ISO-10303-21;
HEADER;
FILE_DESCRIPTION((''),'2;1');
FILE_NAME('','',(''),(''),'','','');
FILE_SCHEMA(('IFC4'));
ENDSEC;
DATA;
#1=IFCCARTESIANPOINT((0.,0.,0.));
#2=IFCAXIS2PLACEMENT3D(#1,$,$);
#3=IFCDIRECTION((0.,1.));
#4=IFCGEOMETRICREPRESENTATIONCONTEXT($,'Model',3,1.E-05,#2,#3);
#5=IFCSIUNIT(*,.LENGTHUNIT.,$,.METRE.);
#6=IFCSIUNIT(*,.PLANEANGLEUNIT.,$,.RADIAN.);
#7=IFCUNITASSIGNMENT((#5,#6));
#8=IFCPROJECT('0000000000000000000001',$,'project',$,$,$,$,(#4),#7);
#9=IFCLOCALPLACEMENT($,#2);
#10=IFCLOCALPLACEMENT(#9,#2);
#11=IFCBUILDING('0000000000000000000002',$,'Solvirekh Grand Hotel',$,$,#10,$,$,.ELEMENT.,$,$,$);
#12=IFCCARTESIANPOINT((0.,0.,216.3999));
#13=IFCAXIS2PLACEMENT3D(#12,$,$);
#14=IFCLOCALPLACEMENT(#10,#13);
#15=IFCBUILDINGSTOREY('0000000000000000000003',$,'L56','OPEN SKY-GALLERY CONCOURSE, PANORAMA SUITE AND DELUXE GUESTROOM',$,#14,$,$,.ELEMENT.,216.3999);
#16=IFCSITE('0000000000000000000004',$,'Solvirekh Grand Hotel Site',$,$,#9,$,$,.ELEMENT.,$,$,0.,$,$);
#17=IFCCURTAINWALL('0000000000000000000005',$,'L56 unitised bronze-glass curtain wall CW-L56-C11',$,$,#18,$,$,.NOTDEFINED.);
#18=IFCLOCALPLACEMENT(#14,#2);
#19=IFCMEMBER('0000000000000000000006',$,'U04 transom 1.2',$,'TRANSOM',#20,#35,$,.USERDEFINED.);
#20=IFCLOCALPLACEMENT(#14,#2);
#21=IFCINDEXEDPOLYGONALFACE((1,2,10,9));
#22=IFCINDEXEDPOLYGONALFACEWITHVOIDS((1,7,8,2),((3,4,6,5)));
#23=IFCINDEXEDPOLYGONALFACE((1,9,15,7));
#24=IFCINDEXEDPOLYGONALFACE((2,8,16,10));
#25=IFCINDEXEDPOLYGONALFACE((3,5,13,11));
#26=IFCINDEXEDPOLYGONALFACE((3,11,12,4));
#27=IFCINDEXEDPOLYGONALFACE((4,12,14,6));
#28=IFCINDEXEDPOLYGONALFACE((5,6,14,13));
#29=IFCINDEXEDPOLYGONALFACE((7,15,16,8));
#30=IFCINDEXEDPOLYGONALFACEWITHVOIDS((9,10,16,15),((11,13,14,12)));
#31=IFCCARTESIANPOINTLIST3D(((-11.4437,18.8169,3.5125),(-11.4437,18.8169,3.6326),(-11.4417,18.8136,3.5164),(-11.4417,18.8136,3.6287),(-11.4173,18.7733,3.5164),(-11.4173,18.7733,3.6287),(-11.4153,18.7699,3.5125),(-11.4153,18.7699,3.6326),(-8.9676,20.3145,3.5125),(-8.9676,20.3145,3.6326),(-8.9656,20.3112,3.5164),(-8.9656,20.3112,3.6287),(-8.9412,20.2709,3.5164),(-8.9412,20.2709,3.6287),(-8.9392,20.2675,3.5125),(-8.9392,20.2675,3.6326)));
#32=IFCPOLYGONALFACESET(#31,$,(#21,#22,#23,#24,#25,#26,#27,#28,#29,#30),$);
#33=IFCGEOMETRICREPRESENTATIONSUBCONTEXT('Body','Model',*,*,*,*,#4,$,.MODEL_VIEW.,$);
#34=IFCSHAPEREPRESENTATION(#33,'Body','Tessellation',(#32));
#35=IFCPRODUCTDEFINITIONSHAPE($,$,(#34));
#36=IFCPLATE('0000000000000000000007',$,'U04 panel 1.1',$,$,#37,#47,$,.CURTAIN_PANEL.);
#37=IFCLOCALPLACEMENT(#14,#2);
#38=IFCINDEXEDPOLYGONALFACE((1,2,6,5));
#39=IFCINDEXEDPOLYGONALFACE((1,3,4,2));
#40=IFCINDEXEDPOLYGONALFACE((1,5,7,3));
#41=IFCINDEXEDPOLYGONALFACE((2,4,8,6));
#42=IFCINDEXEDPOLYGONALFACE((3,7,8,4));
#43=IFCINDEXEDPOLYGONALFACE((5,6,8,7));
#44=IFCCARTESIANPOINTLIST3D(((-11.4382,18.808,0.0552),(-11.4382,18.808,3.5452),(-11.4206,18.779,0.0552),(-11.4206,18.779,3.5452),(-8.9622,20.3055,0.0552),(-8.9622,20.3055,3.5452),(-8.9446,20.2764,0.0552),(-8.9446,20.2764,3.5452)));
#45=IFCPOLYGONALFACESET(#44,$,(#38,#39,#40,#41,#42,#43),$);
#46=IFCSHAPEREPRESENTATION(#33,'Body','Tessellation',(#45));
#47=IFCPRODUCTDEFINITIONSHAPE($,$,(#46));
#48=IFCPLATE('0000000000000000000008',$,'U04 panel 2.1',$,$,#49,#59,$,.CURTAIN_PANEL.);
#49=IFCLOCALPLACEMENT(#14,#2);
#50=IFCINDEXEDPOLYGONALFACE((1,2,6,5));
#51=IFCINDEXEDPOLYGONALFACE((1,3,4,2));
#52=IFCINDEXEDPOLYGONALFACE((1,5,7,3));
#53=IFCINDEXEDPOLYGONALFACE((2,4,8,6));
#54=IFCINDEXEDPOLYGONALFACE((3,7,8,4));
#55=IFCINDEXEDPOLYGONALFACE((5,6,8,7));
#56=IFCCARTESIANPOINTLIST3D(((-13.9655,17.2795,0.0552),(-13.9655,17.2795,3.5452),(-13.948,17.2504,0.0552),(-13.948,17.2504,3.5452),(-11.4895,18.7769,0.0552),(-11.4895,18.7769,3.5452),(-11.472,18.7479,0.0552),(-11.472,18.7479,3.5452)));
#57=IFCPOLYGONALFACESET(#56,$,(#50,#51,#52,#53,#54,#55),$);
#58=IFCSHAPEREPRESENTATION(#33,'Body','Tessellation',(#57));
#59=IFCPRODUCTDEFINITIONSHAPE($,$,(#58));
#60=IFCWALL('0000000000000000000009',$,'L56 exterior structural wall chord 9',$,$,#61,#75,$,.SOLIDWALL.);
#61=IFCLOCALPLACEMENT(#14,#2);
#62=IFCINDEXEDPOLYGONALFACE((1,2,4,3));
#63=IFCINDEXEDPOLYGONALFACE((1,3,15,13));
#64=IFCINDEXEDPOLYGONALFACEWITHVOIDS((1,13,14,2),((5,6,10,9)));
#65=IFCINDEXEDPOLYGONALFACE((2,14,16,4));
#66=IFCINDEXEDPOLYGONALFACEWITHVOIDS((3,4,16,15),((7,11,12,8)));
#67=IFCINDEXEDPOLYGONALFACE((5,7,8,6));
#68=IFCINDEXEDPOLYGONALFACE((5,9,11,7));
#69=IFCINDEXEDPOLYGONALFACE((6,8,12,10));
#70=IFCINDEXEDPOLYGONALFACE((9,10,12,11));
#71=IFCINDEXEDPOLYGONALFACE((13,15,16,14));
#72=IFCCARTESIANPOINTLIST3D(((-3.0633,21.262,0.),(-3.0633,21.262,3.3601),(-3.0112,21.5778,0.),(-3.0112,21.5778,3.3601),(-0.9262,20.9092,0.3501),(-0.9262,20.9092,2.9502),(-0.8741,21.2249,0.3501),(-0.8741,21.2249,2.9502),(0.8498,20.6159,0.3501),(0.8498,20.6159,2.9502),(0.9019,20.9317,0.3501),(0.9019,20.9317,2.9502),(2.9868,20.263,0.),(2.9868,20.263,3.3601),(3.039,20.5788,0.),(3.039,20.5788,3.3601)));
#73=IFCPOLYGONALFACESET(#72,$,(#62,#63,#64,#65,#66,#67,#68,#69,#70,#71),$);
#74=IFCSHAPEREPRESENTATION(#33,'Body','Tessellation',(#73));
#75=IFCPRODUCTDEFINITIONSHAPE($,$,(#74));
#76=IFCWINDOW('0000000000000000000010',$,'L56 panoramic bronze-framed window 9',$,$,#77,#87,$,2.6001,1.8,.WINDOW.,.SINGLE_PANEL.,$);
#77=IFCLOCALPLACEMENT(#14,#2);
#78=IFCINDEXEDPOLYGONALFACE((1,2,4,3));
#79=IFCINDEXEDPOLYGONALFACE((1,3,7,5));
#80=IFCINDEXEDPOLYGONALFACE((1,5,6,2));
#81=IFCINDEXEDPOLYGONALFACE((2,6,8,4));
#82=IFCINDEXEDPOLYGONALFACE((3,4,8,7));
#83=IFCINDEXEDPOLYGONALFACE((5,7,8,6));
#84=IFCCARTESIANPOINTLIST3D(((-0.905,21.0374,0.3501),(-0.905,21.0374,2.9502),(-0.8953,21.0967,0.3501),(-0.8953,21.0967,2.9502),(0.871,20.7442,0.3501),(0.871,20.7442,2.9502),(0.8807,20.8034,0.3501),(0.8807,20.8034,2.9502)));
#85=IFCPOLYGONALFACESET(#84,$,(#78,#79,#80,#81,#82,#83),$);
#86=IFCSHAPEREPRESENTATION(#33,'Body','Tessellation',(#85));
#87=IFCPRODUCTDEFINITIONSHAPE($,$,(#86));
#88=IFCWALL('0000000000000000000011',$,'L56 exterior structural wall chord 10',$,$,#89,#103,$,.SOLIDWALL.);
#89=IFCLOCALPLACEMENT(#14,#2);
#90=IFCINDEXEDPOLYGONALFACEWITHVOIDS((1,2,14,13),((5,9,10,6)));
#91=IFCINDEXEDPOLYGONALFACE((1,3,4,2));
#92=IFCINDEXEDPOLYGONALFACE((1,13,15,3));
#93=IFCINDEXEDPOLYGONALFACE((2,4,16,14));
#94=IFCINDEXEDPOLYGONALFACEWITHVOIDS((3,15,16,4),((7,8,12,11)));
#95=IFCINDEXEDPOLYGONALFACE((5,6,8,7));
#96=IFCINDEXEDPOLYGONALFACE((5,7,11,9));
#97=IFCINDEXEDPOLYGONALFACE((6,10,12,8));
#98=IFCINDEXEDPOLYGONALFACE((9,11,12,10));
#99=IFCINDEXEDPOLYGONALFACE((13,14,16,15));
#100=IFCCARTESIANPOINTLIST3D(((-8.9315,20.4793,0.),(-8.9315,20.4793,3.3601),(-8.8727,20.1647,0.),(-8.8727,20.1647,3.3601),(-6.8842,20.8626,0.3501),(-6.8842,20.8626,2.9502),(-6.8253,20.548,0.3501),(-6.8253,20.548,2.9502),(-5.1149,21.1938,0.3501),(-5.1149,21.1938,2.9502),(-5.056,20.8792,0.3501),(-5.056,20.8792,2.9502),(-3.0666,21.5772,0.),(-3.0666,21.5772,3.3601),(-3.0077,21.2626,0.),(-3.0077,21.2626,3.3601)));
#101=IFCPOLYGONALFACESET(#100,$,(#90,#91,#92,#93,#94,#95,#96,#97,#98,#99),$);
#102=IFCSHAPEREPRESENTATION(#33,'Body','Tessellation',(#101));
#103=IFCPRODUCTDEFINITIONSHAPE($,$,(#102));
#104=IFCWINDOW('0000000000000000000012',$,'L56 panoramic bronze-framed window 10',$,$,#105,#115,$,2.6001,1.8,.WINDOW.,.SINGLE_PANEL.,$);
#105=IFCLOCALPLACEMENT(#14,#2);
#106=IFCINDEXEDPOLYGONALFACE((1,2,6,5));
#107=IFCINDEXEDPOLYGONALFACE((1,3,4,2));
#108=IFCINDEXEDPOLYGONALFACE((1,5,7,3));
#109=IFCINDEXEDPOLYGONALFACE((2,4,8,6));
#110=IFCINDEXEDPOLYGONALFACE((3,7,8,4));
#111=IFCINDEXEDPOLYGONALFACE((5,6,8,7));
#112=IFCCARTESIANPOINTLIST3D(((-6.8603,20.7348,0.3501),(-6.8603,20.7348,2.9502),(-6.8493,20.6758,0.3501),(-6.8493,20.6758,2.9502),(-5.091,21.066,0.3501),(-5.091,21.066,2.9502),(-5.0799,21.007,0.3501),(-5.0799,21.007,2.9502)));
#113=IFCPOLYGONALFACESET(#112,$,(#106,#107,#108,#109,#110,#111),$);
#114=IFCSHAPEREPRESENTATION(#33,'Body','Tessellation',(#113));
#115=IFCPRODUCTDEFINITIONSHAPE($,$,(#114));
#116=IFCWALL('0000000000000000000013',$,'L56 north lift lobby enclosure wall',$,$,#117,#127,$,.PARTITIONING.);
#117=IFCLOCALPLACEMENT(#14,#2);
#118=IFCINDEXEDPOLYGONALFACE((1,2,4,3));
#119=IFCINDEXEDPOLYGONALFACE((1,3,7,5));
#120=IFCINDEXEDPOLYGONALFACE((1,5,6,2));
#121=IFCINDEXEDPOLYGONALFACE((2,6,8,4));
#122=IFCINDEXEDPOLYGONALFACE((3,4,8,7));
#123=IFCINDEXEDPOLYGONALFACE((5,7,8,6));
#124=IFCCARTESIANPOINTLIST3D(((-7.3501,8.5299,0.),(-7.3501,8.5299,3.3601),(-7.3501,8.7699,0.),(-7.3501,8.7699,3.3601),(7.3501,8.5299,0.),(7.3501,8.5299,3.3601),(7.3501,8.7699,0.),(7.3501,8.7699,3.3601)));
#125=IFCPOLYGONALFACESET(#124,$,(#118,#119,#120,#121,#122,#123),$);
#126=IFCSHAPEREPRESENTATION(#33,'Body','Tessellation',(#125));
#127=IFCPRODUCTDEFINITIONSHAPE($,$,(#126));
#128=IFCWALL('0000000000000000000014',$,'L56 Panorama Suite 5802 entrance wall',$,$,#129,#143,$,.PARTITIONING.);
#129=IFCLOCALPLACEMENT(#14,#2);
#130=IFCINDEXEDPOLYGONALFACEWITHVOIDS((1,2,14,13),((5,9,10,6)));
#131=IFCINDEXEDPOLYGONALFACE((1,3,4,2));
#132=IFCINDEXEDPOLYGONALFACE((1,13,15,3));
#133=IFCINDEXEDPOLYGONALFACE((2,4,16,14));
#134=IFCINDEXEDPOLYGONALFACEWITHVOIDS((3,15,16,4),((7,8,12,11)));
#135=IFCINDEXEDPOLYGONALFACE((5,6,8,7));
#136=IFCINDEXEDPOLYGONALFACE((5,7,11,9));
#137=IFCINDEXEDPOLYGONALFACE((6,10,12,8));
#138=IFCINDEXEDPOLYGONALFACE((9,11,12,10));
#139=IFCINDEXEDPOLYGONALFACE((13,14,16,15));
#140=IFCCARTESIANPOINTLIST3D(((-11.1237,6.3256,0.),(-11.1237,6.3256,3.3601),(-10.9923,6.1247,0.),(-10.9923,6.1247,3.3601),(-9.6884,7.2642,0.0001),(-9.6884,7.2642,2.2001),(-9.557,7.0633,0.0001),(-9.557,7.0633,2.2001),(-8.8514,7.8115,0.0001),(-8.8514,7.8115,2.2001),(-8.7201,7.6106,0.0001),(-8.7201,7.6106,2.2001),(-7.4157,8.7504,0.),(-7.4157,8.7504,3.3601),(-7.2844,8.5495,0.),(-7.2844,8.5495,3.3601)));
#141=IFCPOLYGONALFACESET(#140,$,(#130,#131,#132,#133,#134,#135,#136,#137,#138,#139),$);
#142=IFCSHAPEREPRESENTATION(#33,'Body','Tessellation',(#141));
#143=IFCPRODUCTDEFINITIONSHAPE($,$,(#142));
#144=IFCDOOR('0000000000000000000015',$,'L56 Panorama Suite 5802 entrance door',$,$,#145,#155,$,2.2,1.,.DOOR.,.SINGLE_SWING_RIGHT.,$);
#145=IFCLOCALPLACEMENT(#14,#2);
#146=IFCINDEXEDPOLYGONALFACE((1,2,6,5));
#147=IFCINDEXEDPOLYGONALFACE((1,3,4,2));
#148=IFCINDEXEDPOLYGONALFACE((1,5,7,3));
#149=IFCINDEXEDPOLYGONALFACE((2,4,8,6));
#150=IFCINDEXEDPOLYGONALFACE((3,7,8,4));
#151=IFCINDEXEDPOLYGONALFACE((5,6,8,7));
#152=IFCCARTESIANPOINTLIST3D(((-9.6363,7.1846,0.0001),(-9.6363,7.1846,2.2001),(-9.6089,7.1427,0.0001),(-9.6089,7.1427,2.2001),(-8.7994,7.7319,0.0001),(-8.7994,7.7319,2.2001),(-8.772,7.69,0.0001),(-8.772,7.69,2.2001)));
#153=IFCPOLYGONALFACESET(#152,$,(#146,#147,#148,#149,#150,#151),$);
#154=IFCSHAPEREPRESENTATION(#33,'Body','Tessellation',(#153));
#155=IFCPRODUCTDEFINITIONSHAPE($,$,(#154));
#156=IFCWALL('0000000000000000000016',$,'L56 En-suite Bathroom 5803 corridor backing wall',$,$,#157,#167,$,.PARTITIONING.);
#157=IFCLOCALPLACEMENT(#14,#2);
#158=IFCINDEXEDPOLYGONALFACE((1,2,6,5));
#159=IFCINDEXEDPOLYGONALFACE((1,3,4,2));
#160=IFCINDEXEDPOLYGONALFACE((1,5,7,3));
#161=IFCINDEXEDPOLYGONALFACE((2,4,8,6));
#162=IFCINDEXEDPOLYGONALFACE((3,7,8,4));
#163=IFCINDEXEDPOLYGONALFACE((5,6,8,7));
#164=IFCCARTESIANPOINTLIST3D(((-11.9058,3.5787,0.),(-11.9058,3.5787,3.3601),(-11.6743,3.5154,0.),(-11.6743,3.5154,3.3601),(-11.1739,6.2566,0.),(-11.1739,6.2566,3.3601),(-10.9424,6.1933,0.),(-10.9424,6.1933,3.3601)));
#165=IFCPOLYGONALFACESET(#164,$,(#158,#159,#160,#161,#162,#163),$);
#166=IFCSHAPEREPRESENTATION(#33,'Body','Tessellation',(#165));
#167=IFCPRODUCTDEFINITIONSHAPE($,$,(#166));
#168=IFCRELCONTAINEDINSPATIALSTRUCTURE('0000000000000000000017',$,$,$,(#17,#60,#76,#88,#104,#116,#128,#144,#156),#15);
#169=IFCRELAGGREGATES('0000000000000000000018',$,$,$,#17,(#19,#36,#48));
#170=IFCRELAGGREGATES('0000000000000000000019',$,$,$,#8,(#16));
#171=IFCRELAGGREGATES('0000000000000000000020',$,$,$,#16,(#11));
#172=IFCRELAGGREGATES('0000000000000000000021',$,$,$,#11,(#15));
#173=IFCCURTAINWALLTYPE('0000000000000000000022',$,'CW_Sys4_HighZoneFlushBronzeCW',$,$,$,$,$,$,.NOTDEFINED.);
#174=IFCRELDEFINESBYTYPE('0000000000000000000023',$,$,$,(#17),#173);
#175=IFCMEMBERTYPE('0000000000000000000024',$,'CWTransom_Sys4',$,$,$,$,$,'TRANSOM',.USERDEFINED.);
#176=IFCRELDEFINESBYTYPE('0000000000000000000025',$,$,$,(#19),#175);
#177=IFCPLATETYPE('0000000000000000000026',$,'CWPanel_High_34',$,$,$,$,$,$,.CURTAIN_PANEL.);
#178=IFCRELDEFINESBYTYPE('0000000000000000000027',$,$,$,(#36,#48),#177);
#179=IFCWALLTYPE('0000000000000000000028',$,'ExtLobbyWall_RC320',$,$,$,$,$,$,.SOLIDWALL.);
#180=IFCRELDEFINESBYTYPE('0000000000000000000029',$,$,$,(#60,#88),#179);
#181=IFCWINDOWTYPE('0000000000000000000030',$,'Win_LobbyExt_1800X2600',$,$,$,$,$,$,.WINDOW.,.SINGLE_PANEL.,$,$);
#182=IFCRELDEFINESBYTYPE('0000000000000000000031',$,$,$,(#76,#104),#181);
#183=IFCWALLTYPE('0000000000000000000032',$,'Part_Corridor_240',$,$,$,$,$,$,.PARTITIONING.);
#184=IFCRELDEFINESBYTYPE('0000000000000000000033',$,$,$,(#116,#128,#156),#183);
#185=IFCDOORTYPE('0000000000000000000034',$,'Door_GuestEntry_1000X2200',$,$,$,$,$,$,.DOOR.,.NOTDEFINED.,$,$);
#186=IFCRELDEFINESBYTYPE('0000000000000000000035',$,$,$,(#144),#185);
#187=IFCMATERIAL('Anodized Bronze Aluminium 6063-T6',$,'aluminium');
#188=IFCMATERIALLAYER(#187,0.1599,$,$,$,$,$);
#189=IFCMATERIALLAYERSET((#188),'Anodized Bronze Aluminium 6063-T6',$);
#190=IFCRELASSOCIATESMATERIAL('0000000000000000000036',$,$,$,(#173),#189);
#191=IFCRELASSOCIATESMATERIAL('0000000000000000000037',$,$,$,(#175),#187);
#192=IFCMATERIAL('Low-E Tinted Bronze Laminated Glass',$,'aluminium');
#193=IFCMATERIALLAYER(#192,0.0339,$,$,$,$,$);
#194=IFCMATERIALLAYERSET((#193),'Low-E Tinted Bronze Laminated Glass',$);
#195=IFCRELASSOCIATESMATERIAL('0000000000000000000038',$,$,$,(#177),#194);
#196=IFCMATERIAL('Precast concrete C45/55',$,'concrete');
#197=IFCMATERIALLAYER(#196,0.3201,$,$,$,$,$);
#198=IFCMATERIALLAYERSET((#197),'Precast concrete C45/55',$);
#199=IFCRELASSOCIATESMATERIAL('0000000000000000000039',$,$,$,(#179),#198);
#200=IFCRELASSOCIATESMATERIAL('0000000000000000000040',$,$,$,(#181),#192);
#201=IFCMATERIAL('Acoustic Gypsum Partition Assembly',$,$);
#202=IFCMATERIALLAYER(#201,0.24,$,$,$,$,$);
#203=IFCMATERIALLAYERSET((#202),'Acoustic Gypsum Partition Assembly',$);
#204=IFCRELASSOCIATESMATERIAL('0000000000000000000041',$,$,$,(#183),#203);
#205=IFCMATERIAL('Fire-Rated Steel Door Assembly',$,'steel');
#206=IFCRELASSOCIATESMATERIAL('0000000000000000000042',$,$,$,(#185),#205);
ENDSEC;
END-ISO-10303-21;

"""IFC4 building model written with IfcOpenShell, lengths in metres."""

from ifc_helpers import new_model, si_unit, direction, frame, frame_2d, origin, origin_2d, place, context, subcontext, project, spatial, rectangle, hollow_rectangle, extrude, source, transform, mapped, material, layer, layer_set, material_profile, profile_set, type_object, element, fill, aggregate, save


model = new_model("IFC4")

# Units and contexts
model_context = context("Model", 3, precision=1e-05, world=origin(), true_north=direction((0.0, 1.0)))
body_context = subcontext(model_context, "Body", "Model", "MODEL_VIEW")
ifc_project = project(units=[si_unit("LENGTHUNIT", "METRE"), si_unit("PLANEANGLEUNIT", "RADIAN")], contexts=[model_context])

# Site, building, storey
site_placement = place(None, origin())
site = spatial("IfcSite", under=ifc_project, at=site_placement, Name="Solvirekh Grand Hotel Site", CompositionType="ELEMENT", RefElevation=0.0)
building_placement = place(site_placement, origin())
building = spatial("IfcBuilding", under=site, at=building_placement, Name="Solvirekh Grand Hotel", CompositionType="ELEMENT")
storey_placement = place(building_placement, frame((0.0, 0.0, 216.3999)))
storey = spatial("IfcBuildingStorey", under=building, at=storey_placement, Name="L56", Description="OPEN SKY-GALLERY CONCOURSE, PANORAMA SUITE AND DELUXE GUESTROOM", CompositionType="ELEMENT", Elevation=216.3999)

# Curtain wall, member, plates
ifc_material_1 = material(Name="Anodized Bronze Aluminium 6063-T6", Category="aluminium")
ifc_layer_1 = layer(ifc_material_1, 0.1599)
ifc_layer_set_1 = layer_set([ifc_layer_1], Name="Anodized Bronze Aluminium 6063-T6")
curtain_wall_type = type_object("IfcCurtainWallType", Name="CW_Sys4_HighZoneFlushBronzeCW", PredefinedType="NOTDEFINED", material=ifc_layer_set_1)
curtain_wall_placement = place(storey_placement, origin())
curtain_wall = element("IfcCurtainWall", 1, at=curtain_wall_placement, inside=storey, type_object=curtain_wall_type, Name="L56 unitised bronze-glass curtain wall CW-L56-C11", PredefinedType="NOTDEFINED")
ifc_material_profile_1 = material_profile(ifc_material_1, hollow_rectangle(XDim=0.0549, YDim=0.1201, WallThickness=0.0039, at=origin_2d()), Name="ALU RHS 120X55X4")
ifc_profile_set_1 = profile_set([ifc_material_profile_1], Name="Anodized Bronze Aluminium 6063-T6")
member_type_1 = type_object("IfcMemberType", Name="CWTransom_Sys4", ElementType="TRANSOM", PredefinedType="USERDEFINED", material=ifc_profile_set_1)
shared_shape_1 = source(origin(), body_context, "Body", "SweptSolid", [
    extrude(hollow_rectangle(XDim=0.0549, YDim=0.1201, WallThickness=0.0039, at=origin_2d()), origin(), (0.0, 0.0, 1.0), 2.8938),
])
member_1_placement = place(storey_placement, frame((-8.9534, 20.291, 3.5725), z_axis=(-0.855671, -0.51752, 0.0), x_axis=(0.51752, -0.855671, 0.0)))
member_1 = element("IfcMember", 2, at=member_1_placement, type_object=member_type_1, Name="U04 transom 1.2", ObjectType="TRANSOM", PredefinedType="USERDEFINED", context=body_context, shape_type="MappedRepresentation", body=[
    mapped(shared_shape_1, transform((0.0, 0.0, 0.0), x_axis=(1.0, 0.0, 0.0), y_axis=(0.0, 1.0, 0.0), z_axis=(0.0, 0.0, 1.0), scale=1.0)),
])
ifc_material_2 = material(Name="Low-E Tinted Bronze Laminated Glass", Category="aluminium")
ifc_layer_2 = layer(ifc_material_2, 0.0339)
ifc_layer_set_2 = layer_set([ifc_layer_2], Name="Low-E Tinted Bronze Laminated Glass")
plate_type = type_object("IfcPlateType", Name="CWPanel_High_34", PredefinedType="CURTAIN_PANEL", material=ifc_layer_set_2)
shared_shape_2 = source(origin(), body_context, "Body", "SweptSolid", [
    extrude(rectangle(XDim=2.8936, YDim=0.0339, at=origin_2d()), origin(), (0.0, 0.0, 1.0), 3.49),
])
plate_1_placement = place(storey_placement, frame((-10.1914, 19.5422, 0.0552), z_axis=(0.0, 0.0, 1.0), x_axis=(-0.855684, -0.517499, 0.0)))
plate_1 = element("IfcPlate", 3, at=plate_1_placement, type_object=plate_type, Name="U04 panel 1.1", PredefinedType="CURTAIN_PANEL", context=body_context, shape_type="MappedRepresentation", body=[
    mapped(shared_shape_2, transform((0.0, 0.0, 0.0), x_axis=(1.0, 0.0, 0.0), y_axis=(0.0, 1.0, 0.0), z_axis=(0.0, 0.0, 1.0), scale=1.0)),
])
plate_2_placement = place(storey_placement, frame((-12.7188, 18.0137, 0.0552), z_axis=(0.0, 0.0, 1.0), x_axis=(-0.855684, -0.517499, 0.0)))
plate_2 = element("IfcPlate", 4, at=plate_2_placement, type_object=plate_type, Name="U04 panel 2.1", PredefinedType="CURTAIN_PANEL", context=body_context, shape_type="MappedRepresentation", body=[
    mapped(shared_shape_2, transform((0.0, 0.0, 0.0), x_axis=(1.0, 0.0, 0.0), y_axis=(0.0, 1.0, 0.0), z_axis=(0.0, 0.0, 1.0), scale=1.0)),
])
aggregate(curtain_wall, [member_1, plate_1, plate_2])

# Walls, openings, windows
ifc_material_3 = material(Name="Precast concrete C45/55", Category="concrete")
ifc_layer_3 = layer(ifc_material_3, 0.3201)
ifc_layer_set_3 = layer_set([ifc_layer_3], Name="Precast concrete C45/55")
wall_type_1 = type_object("IfcWallType", Name="ExtLobbyWall_RC320", PredefinedType="SOLIDWALL", material=ifc_layer_set_3)
wall_1_placement = place(storey_placement, frame((-3.0371, 21.4199, 0.0), z_axis=(0.0, 0.0, 1.0), x_axis=(0.986639, -0.16292, 0.0)))
wall_1 = element("IfcWall", 5, at=wall_1_placement, inside=storey, type_object=wall_type_1, Name="L56 exterior structural wall chord 9", PredefinedType="SOLIDWALL", context=body_context, shape_type="SweptSolid", body=[
    extrude(rectangle(XDim=6.1321, YDim=0.3201, at=frame_2d((3.0659, 0.0))), origin(), (0.0, 0.0, 1.0), 3.3601),
])
opening_1_placement = place(wall_1_placement, frame((2.166, 0.0, 0.3501)))
opening_1 = element("IfcOpeningElement", 6, at=opening_1_placement, cuts=wall_1, PredefinedType="OPENING", context=body_context, shape_type="SweptSolid", body=[
    extrude(rectangle(XDim=1.8, YDim=2.6001, at=frame_2d((0.8999, 1.3))), frame((0.0, 0.1699, 0.0), z_axis=(0.0, -1.0, 0.0), x_axis=(1.0, 0.0, 0.0)), (0.0, 0.0, 1.0), 0.3401),
])
window_type = type_object("IfcWindowType", Name="Win_LobbyExt_1800X2600", PartitioningType="SINGLE_PANEL", PredefinedType="WINDOW", material=ifc_material_2)
window_1_placement = place(opening_1_placement, origin())
window_1 = element("IfcWindow", 7, at=window_1_placement, inside=storey, type_object=window_type, Name="L56 panoramic bronze-framed window 9", OverallHeight=2.6001, OverallWidth=1.8, PartitioningType="SINGLE_PANEL", PredefinedType="WINDOW", context=body_context, shape_type="SweptSolid", body=[
    extrude(rectangle(XDim=1.8, YDim=2.6001, at=frame_2d((0.8999, 1.3))), frame((0.0, 0.03, 0.0), z_axis=(0.0, -1.0, 0.0), x_axis=(1.0, 0.0, 0.0)), (0.0, 0.0, 1.0), 0.0601),
])
fill(opening_1, window_1)
wall_2_placement = place(storey_placement, frame((-8.9021, 20.322, 0.0), z_axis=(0.0, 0.0, 1.0), x_axis=(0.982926, 0.183999, 0.0)))
wall_2 = element("IfcWall", 8, at=wall_2_placement, inside=storey, type_object=wall_type_1, Name="L56 exterior structural wall chord 10", PredefinedType="SOLIDWALL", context=body_context, shape_type="SweptSolid", body=[
    extrude(rectangle(XDim=5.9668, YDim=0.3201, at=frame_2d((2.9834, 0.0))), origin(), (0.0, 0.0, 1.0), 3.3601),
])
opening_2_placement = place(wall_2_placement, frame((2.083, 0.0, 0.3501)))
opening_2 = element("IfcOpeningElement", 9, at=opening_2_placement, cuts=wall_2, PredefinedType="OPENING", context=body_context, shape_type="SweptSolid", body=[
    extrude(rectangle(XDim=1.8, YDim=2.6001, at=frame_2d((0.8999, 1.3))), frame((0.0, 0.1699, 0.0), z_axis=(0.0, -1.0, 0.0), x_axis=(1.0, 0.0, 0.0)), (0.0, 0.0, 1.0), 0.3401),
])
window_2_placement = place(opening_2_placement, origin())
window_2 = element("IfcWindow", 10, at=window_2_placement, inside=storey, type_object=window_type, Name="L56 panoramic bronze-framed window 10", OverallHeight=2.6001, OverallWidth=1.8, PartitioningType="SINGLE_PANEL", PredefinedType="WINDOW", context=body_context, shape_type="SweptSolid", body=[
    extrude(rectangle(XDim=1.8, YDim=2.6001, at=frame_2d((0.8999, 1.3))), frame((0.0, 0.03, 0.0), z_axis=(0.0, -1.0, 0.0), x_axis=(1.0, 0.0, 0.0)), (0.0, 0.0, 1.0), 0.0601),
])
fill(opening_2, window_2)

# Wall
ifc_material_4 = material(Name="Acoustic Gypsum Partition Assembly")
ifc_layer_4 = layer(ifc_material_4, 0.24)
ifc_layer_set_4 = layer_set([ifc_layer_4], Name="Acoustic Gypsum Partition Assembly")
wall_type_2 = type_object("IfcWallType", Name="Part_Corridor_240", PredefinedType="PARTITIONING", material=ifc_layer_set_4)
wall_3_placement = place(storey_placement, frame((-7.3501, 8.6499, 0.0), z_axis=(0.0, 0.0, 1.0), x_axis=(1.0, 0.0, 0.0)))
element("IfcWall", 11, at=wall_3_placement, inside=storey, type_object=wall_type_2, Name="L56 north lift lobby enclosure wall", PredefinedType="PARTITIONING", context=body_context, shape_type="SweptSolid", body=[
    extrude(rectangle(XDim=14.7002, YDim=0.24, at=frame_2d((7.3501, 0.0))), origin(), (0.0, 0.0, 1.0), 3.3601),
])

# Wall, opening, door
wall_4_placement = place(storey_placement, frame((-11.0581, 6.2251, 0.0), z_axis=(0.0, 0.0, 1.0), x_axis=(0.836935, 0.547303, 0.0)))
wall_4 = element("IfcWall", 12, at=wall_4_placement, inside=storey, type_object=wall_type_2, Name="L56 Panorama Suite 5802 entrance wall", PredefinedType="PARTITIONING", context=body_context, shape_type="SweptSolid", body=[
    extrude(rectangle(XDim=4.4304, YDim=0.24, at=frame_2d((2.2153, 0.0))), origin(), (0.0, 0.0, 1.0), 3.3601),
])
opening_3_placement = place(wall_4_placement, frame((1.7151, 0.0, 0.0)))
opening_3 = element("IfcOpeningElement", 13, at=opening_3_placement, cuts=wall_4, PredefinedType="OPENING", context=body_context, shape_type="SweptSolid", body=[
    extrude(rectangle(XDim=1.0, YDim=2.2, at=frame_2d((0.5, 1.1001))), frame((0.0, 0.1299, 0.0), z_axis=(0.0, -1.0, 0.0), x_axis=(1.0, 0.0, 0.0)), (0.0, 0.0, 1.0), 0.26),
])
ifc_material_5 = material(Name="Fire-Rated Steel Door Assembly", Category="steel")
door_type = type_object("IfcDoorType", Name="Door_GuestEntry_1000X2200", OperationType="NOTDEFINED", PredefinedType="DOOR", material=ifc_material_5)
door_placement = place(opening_3_placement, origin())
door = element("IfcDoor", 14, at=door_placement, inside=storey, type_object=door_type, Name="L56 Panorama Suite 5802 entrance door", OperationType="SINGLE_SWING_RIGHT", OverallHeight=2.2, OverallWidth=1.0, PredefinedType="DOOR", context=body_context, shape_type="SweptSolid", body=[
    extrude(rectangle(XDim=1.0, YDim=2.2, at=frame_2d((0.5, 1.1001))), frame((0.0, 0.0249, 0.0), z_axis=(0.0, -1.0, 0.0), x_axis=(1.0, 0.0, 0.0)), (0.0, 0.0, 1.0), 0.05),
])
fill(opening_3, door)

# Wall
wall_5_placement = place(storey_placement, frame((-11.0581, 6.2251, 0.0), z_axis=(0.0, 0.0, 1.0), x_axis=(-0.263646, -0.96462, 0.0)))
element("IfcWall", 15, at=wall_5_placement, inside=storey, type_object=wall_type_2, Name="L56 En-suite Bathroom 5803 corridor backing wall", PredefinedType="PARTITIONING", context=body_context, shape_type="SweptSolid", body=[
    extrude(rectangle(XDim=2.7761, YDim=0.24, at=frame_2d((1.3882, 0.0))), origin(), (0.0, 0.0, 1.0), 3.3601),
])

save(model, "model.ifc")
